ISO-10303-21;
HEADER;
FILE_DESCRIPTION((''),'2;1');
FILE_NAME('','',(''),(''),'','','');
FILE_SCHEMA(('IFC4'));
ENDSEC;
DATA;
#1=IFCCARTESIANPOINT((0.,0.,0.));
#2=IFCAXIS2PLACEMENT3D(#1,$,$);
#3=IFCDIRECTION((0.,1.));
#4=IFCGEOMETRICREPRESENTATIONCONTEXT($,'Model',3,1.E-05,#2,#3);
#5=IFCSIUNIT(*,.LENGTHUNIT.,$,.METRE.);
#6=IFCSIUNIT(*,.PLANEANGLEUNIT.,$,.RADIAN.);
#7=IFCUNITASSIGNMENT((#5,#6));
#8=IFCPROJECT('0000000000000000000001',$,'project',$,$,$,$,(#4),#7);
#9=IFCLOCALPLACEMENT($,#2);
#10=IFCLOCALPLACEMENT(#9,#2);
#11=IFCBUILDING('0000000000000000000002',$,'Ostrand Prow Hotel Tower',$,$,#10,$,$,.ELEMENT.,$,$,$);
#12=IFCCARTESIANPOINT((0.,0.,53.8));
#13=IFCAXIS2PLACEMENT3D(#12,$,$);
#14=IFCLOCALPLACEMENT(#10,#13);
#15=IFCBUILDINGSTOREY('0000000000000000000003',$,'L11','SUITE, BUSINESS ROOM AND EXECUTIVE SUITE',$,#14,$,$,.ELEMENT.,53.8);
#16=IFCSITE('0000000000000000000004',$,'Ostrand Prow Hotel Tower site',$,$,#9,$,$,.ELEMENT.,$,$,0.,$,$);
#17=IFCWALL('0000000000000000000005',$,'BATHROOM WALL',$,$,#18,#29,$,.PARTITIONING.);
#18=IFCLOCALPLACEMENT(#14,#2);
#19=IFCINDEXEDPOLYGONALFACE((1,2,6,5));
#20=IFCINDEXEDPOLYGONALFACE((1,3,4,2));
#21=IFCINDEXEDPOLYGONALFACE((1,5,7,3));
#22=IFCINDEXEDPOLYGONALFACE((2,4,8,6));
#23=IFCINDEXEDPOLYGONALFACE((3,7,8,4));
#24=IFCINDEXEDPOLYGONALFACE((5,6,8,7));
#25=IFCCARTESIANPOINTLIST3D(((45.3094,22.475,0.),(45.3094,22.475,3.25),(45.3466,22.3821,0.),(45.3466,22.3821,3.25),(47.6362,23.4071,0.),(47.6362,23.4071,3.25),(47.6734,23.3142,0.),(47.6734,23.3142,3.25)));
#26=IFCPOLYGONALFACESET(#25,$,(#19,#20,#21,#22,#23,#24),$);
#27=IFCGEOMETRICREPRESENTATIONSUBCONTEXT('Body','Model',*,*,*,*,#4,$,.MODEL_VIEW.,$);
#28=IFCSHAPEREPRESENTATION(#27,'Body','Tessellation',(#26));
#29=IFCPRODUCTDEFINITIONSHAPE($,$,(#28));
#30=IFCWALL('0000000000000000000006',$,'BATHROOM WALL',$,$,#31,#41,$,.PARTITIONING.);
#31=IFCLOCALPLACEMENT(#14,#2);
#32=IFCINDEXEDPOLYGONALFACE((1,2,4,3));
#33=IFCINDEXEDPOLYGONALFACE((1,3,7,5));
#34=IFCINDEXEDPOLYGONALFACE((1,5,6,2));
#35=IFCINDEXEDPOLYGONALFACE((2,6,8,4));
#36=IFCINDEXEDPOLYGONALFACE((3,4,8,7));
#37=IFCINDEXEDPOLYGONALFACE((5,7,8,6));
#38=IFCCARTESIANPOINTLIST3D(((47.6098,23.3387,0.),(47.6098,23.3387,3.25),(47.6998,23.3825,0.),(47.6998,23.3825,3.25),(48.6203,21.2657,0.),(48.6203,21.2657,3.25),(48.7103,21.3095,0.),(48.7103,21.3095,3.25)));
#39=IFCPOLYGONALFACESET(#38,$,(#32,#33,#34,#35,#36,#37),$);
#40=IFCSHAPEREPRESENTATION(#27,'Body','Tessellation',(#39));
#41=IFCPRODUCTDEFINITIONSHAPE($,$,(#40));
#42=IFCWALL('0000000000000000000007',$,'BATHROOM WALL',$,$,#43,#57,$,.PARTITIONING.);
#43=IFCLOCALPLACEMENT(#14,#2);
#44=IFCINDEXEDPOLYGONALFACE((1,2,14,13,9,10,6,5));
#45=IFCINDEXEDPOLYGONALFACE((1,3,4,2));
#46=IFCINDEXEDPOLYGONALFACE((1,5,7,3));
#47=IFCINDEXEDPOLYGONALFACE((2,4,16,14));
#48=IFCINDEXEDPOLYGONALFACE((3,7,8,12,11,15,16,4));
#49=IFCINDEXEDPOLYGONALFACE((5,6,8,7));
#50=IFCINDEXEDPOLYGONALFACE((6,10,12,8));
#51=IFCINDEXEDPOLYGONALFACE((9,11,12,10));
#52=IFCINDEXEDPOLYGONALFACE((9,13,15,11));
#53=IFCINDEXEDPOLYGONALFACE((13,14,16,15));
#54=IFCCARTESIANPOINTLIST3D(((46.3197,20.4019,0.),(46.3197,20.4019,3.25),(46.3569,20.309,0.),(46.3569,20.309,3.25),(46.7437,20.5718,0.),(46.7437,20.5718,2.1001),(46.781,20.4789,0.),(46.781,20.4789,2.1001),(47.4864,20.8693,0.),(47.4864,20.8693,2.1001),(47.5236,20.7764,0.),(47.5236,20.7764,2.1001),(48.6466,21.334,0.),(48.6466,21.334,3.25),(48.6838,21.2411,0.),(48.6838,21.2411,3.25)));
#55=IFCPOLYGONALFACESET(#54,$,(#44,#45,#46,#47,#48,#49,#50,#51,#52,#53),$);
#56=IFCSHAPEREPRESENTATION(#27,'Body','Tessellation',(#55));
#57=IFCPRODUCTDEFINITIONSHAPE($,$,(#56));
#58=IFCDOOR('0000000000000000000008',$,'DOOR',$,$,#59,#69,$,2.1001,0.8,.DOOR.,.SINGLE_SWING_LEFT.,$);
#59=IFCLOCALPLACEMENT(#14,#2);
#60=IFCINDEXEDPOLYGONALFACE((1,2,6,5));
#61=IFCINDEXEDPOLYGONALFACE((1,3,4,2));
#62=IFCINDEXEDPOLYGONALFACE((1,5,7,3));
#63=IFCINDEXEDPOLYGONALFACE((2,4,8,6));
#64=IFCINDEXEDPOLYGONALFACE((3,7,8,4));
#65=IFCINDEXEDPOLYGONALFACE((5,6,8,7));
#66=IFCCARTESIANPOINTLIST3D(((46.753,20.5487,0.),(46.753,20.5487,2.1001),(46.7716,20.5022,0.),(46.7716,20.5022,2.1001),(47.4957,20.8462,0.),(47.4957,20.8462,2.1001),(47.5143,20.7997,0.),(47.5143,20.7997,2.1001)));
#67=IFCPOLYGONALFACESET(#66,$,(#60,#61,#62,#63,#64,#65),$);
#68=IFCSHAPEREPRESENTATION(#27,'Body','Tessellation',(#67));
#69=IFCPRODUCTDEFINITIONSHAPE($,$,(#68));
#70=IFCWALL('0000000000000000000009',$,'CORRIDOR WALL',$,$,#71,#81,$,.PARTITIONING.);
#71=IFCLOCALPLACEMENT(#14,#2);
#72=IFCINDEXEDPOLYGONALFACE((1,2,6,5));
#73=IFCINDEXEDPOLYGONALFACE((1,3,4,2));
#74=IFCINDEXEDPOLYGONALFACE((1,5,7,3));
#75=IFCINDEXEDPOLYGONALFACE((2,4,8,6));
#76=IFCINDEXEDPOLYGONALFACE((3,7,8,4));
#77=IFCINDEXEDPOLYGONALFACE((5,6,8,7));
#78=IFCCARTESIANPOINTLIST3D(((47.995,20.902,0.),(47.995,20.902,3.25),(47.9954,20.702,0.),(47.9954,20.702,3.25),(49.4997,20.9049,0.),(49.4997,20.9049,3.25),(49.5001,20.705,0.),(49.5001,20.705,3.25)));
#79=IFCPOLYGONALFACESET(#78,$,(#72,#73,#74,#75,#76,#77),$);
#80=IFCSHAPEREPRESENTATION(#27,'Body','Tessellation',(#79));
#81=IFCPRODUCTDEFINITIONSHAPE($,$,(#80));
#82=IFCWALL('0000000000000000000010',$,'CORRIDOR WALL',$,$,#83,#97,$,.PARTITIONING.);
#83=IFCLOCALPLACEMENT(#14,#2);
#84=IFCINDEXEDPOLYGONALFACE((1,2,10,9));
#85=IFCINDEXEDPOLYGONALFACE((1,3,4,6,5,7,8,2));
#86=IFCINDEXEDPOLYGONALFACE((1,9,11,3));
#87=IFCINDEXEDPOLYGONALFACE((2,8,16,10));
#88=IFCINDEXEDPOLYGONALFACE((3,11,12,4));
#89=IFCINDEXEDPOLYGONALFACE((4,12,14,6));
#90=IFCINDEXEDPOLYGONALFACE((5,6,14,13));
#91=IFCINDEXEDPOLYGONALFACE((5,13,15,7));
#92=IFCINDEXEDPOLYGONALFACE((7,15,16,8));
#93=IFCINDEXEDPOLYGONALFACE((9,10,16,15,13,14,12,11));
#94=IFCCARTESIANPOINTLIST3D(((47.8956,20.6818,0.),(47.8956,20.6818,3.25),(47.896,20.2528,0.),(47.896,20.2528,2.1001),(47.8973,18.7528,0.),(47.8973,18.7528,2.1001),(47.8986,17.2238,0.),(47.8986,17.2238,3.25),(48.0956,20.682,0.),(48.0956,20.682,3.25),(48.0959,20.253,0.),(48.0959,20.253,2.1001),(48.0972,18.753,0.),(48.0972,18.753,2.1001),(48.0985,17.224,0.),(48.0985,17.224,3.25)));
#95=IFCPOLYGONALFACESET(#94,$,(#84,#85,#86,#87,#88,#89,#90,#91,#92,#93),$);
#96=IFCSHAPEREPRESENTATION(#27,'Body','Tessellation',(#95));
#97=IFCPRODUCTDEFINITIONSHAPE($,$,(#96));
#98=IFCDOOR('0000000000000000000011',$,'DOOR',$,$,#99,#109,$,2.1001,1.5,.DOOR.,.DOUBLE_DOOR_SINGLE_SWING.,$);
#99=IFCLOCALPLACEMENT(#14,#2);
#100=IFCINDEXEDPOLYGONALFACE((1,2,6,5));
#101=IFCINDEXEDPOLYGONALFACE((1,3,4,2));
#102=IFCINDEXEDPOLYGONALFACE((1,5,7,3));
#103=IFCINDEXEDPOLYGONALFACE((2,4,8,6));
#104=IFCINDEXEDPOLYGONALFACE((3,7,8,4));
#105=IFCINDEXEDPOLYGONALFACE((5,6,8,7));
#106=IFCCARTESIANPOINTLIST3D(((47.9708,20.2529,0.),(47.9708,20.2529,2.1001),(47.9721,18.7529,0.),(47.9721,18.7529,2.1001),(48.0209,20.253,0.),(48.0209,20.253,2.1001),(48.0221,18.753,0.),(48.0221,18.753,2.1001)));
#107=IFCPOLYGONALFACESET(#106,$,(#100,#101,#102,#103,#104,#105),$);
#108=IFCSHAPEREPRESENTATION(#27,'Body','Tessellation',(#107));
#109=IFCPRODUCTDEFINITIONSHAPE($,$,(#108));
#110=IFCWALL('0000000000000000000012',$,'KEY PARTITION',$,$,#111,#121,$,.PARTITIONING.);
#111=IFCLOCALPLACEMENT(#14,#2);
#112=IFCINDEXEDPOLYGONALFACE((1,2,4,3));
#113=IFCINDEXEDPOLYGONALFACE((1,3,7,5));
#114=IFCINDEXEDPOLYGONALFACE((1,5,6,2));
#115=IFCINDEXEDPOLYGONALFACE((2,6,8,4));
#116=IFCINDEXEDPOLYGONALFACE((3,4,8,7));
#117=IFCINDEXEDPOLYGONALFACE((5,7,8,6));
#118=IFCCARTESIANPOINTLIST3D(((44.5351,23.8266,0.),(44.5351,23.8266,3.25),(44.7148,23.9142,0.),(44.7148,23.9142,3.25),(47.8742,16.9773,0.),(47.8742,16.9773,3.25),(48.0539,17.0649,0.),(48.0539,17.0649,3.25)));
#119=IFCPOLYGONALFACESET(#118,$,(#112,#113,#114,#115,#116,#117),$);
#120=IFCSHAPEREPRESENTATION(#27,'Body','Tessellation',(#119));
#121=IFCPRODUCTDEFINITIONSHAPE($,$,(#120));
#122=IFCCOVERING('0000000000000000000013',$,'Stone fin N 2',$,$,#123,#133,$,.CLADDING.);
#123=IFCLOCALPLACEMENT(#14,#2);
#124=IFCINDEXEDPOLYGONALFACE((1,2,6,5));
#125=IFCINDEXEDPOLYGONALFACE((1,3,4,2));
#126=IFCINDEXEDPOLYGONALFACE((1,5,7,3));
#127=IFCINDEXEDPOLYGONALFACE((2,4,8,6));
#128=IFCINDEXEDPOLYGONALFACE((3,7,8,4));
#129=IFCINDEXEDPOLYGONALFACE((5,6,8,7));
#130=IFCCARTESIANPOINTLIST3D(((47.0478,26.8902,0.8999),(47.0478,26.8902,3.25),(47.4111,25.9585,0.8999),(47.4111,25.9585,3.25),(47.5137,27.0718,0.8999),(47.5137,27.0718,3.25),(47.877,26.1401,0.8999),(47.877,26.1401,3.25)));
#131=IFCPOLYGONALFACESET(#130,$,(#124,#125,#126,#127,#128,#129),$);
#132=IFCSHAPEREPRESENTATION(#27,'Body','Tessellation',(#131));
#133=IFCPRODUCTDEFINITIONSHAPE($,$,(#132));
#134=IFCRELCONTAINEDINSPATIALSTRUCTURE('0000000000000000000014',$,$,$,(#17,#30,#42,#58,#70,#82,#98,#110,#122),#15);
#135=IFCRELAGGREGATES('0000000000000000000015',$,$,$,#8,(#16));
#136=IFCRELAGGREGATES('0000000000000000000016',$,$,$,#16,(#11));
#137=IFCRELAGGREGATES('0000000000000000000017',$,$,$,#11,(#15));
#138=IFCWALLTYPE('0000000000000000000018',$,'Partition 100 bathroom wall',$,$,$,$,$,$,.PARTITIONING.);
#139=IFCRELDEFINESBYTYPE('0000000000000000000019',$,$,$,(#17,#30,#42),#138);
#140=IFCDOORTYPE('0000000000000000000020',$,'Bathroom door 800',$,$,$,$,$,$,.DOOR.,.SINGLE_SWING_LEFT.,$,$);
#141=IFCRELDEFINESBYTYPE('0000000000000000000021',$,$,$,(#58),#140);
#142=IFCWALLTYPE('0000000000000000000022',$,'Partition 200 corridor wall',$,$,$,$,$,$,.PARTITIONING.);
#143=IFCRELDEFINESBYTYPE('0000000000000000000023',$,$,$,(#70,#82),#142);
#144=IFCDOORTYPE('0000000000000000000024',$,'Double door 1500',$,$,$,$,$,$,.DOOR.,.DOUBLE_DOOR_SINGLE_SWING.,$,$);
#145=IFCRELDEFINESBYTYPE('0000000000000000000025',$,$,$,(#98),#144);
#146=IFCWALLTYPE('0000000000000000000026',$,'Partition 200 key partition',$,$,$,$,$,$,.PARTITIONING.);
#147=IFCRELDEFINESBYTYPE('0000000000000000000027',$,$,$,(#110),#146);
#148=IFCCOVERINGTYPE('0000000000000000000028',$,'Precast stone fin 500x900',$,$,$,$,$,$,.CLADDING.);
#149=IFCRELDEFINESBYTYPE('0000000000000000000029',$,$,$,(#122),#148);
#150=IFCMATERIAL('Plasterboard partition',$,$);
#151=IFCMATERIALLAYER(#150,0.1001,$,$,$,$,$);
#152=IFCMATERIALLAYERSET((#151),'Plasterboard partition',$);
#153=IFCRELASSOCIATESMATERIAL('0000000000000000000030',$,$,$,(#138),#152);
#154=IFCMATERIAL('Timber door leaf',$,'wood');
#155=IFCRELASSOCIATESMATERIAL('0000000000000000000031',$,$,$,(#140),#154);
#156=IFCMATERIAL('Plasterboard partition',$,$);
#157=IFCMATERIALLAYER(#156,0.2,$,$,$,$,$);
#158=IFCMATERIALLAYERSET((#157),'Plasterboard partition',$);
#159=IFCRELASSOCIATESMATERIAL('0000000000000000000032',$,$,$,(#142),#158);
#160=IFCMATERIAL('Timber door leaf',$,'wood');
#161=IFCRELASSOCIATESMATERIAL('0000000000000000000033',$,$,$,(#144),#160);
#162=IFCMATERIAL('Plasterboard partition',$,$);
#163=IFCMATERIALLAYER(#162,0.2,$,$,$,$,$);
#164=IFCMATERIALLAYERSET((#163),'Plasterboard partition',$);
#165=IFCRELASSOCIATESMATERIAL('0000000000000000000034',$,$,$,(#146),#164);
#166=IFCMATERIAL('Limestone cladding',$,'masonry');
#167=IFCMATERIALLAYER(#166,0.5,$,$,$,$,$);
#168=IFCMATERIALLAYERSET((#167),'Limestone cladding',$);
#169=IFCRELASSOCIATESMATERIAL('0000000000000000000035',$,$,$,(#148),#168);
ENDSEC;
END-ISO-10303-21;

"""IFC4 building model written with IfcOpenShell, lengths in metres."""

from ifc_helpers import new_model, si_unit, direction, frame, frame_2d, origin, place, context, subcontext, project, spatial, rectangle, extrude, material, layer, layer_set, type_object, element, fill, save


model = new_model("IFC4")

# Units and contexts
model_context = context("Model", 3, precision=1e-05, world=origin(), true_north=direction((0.0, 1.0)))
body_context = subcontext(model_context, "Body", "Model", "MODEL_VIEW")
ifc_project = project(units=[si_unit("LENGTHUNIT", "METRE"), si_unit("PLANEANGLEUNIT", "RADIAN")], contexts=[model_context])

# Site, building, storey
site_placement = place(None, origin())
site = spatial("IfcSite", under=ifc_project, at=site_placement, Name="Ostrand Prow Hotel Tower site", CompositionType="ELEMENT", RefElevation=0.0)
building_placement = place(site_placement, origin())
building = spatial("IfcBuilding", under=site, at=building_placement, Name="Ostrand Prow Hotel Tower", CompositionType="ELEMENT")
storey_placement = place(building_placement, frame((0.0, 0.0, 53.8)))
storey = spatial("IfcBuildingStorey", under=building, at=storey_placement, Name="L11", Description="SUITE, BUSINESS ROOM AND EXECUTIVE SUITE", CompositionType="ELEMENT", Elevation=53.8)

# Walls
ifc_material_1 = material(Name="Plasterboard partition")
ifc_layer_1 = layer(ifc_material_1, 0.1001)
ifc_layer_set_1 = layer_set([ifc_layer_1], Name="Plasterboard partition")
wall_type_1 = type_object("IfcWallType", Name="Partition 100 bathroom wall", PredefinedType="PARTITIONING", material=ifc_layer_set_1)
wall_1_placement = place(storey_placement, frame((45.3279, 22.4285, 0.0), z_axis=(0.0, 0.0, 1.0), x_axis=(0.928288, 0.371861, 0.0)))
element("IfcWall", 1, at=wall_1_placement, inside=storey, type_object=wall_type_1, Name="BATHROOM WALL", PredefinedType="PARTITIONING", context=body_context, shape_type="SweptSolid", body=[
    extrude(rectangle(XDim=2.5066, YDim=0.1001, at=frame_2d((1.2534, 0.0))), origin(), (0.0, 0.0, 1.0), 3.25),
])
wall_2_placement = place(storey_placement, frame((47.6548, 23.3606, 0.0), z_axis=(0.0, 0.0, 1.0), x_axis=(0.438171, -0.898892, 0.0)))
element("IfcWall", 2, at=wall_2_placement, inside=storey, type_object=wall_type_1, Name="BATHROOM WALL", PredefinedType="PARTITIONING", context=body_context, shape_type="SweptSolid", body=[
    extrude(rectangle(XDim=2.3062, YDim=0.1001, at=frame_2d((1.1531, 0.0))), origin(), (0.0, 0.0, 1.0), 3.25),
])

# Wall, opening, door
wall_3_placement = place(storey_placement, frame((48.6653, 21.2876, 0.0), z_axis=(0.0, 0.0, 1.0), x_axis=(-0.928288, -0.371861, 0.0)))
wall_3 = element("IfcWall", 3, at=wall_3_placement, inside=storey, type_object=wall_type_1, Name="BATHROOM WALL", PredefinedType="PARTITIONING", context=body_context, shape_type="SweptSolid", body=[
    extrude(rectangle(XDim=2.5066, YDim=0.1001, at=frame_2d((1.2534, 0.0))), origin(), (0.0, 0.0, 1.0), 3.25),
])
opening_1_placement = place(wall_3_placement, frame((1.25, 0.0, 0.0)))
opening_1 = element("IfcOpeningElement", 4, at=opening_1_placement, cuts=wall_3, PredefinedType="OPENING", context=body_context, shape_type="SweptSolid", body=[
    extrude(rectangle(XDim=0.8, YDim=2.1001, at=frame_2d((0.3999, 1.05))), frame((0.0, 0.0601, 0.0), z_axis=(0.0, -1.0, 0.0), x_axis=(1.0, 0.0, 0.0)), (0.0, 0.0, 1.0), 0.1201),
])
ifc_material_2 = material(Name="Timber door leaf", Category="wood")
door_type_1 = type_object("IfcDoorType", Name="Bathroom door 800", OperationType="SINGLE_SWING_LEFT", PredefinedType="DOOR", material=ifc_material_2)
door_1_placement = place(opening_1_placement, origin())
door_1 = element("IfcDoor", 5, at=door_1_placement, inside=storey, type_object=door_type_1, Name="DOOR", OperationType="SINGLE_SWING_LEFT", OverallHeight=2.1001, OverallWidth=0.8, PredefinedType="DOOR", context=body_context, shape_type="SweptSolid", body=[
    extrude(rectangle(XDim=0.8, YDim=2.1001, at=frame_2d((0.3999, 1.05))), frame((0.0, 0.0249, 0.0), z_axis=(0.0, -1.0, 0.0), x_axis=(1.0, 0.0, 0.0)), (0.0, 0.0, 1.0), 0.05),
])
fill(opening_1, door_1)

# Wall
ifc_material_3 = material(Name="Plasterboard partition")
ifc_layer_2 = layer(ifc_material_3, 0.2)
ifc_layer_set_2 = layer_set([ifc_layer_2], Name="Plasterboard partition")
wall_type_2 = type_object("IfcWallType", Name="Partition 200 corridor wall", PredefinedType="PARTITIONING", material=ifc_layer_set_2)
wall_4_placement = place(storey_placement, frame((49.5, 20.8049, 0.0), z_axis=(0.0, 0.0, 1.0), x_axis=(-0.999998, -0.001947, 0.0)))
element("IfcWall", 6, at=wall_4_placement, inside=storey, type_object=wall_type_2, Name="CORRIDOR WALL", PredefinedType="PARTITIONING", context=body_context, shape_type="SweptSolid", body=[
    extrude(rectangle(XDim=1.5046, YDim=0.2, at=frame_2d((0.7524, 0.0))), origin(), (0.0, 0.0, 1.0), 3.25),
])

# Wall, opening, door
wall_5_placement = place(storey_placement, frame((47.9956, 20.6819, 0.0), z_axis=(0.0, 0.0, 1.0), x_axis=(0.000847, -1.0, 0.0)))
wall_5 = element("IfcWall", 7, at=wall_5_placement, inside=storey, type_object=wall_type_2, Name="CORRIDOR WALL", PredefinedType="PARTITIONING", context=body_context, shape_type="SweptSolid", body=[
    extrude(rectangle(XDim=3.458, YDim=0.2, at=frame_2d((1.729, 0.0))), origin(), (0.0, 0.0, 1.0), 3.25),
])
opening_2_placement = place(wall_5_placement, frame((0.429, 0.0, 0.0)))
opening_2 = element("IfcOpeningElement", 8, at=opening_2_placement, cuts=wall_5, PredefinedType="OPENING", context=body_context, shape_type="SweptSolid", body=[
    extrude(rectangle(XDim=1.5, YDim=2.1001, at=frame_2d((0.75, 1.05))), frame((0.0, 0.1099, 0.0), z_axis=(0.0, -1.0, 0.0), x_axis=(1.0, 0.0, 0.0)), (0.0, 0.0, 1.0), 0.22),
])
ifc_material_4 = material(Name="Timber door leaf", Category="wood")
door_type_2 = type_object("IfcDoorType", Name="Double door 1500", OperationType="DOUBLE_DOOR_SINGLE_SWING", PredefinedType="DOOR", material=ifc_material_4)
door_2_placement = place(opening_2_placement, origin())
door_2 = element("IfcDoor", 9, at=door_2_placement, inside=storey, type_object=door_type_2, Name="DOOR", OperationType="DOUBLE_DOOR_SINGLE_SWING", OverallHeight=2.1001, OverallWidth=1.5, PredefinedType="DOOR", context=body_context, shape_type="SweptSolid", body=[
    extrude(rectangle(XDim=1.5, YDim=2.1001, at=frame_2d((0.75, 1.05))), frame((0.0, 0.0249, 0.0), z_axis=(0.0, -1.0, 0.0), x_axis=(1.0, 0.0, 0.0)), (0.0, 0.0, 1.0), 0.05),
])
fill(opening_2, door_2)

# Wall
ifc_material_5 = material(Name="Plasterboard partition")
ifc_layer_3 = layer(ifc_material_5, 0.2)
ifc_layer_set_3 = layer_set([ifc_layer_3], Name="Plasterboard partition")
wall_type_3 = type_object("IfcWallType", Name="Partition 200 key partition", PredefinedType="PARTITIONING", material=ifc_layer_set_3)
wall_6_placement = place(storey_placement, frame((47.9641, 17.021, 0.0), z_axis=(0.0, 0.0, 1.0), x_axis=(-0.438207, 0.898874, 0.0)))
element("IfcWall", 10, at=wall_6_placement, inside=storey, type_object=wall_type_3, Name="KEY PARTITION", PredefinedType="PARTITIONING", context=body_context, shape_type="SweptSolid", body=[
    extrude(rectangle(XDim=7.6199, YDim=0.2, at=frame_2d((3.8101, 0.0))), origin(), (0.0, 0.0, 1.0), 3.25),
])

# Covering
ifc_material_6 = material(Name="Limestone cladding", Category="masonry")
ifc_layer_4 = layer(ifc_material_6, 0.5)
ifc_layer_set_4 = layer_set([ifc_layer_4], Name="Limestone cladding")
covering_type = type_object("IfcCoveringType", Name="Precast stone fin 500x900", PredefinedType="CLADDING", material=ifc_layer_set_4)
covering_placement = place(storey_placement, frame((47.644, 26.0493, 0.8999), z_axis=(0.0, 0.0, 1.0), x_axis=(-0.363294, 0.931674, 0.0)))
element("IfcCovering", 11, at=covering_placement, inside=storey, type_object=covering_type, Name="Stone fin N 2", PredefinedType="CLADDING", context=body_context, shape_type="SweptSolid", body=[
    extrude(rectangle(XDim=1.0, YDim=0.5, at=frame_2d((0.5, 0.0))), origin(), (0.0, 0.0, 1.0), 2.3501),
])

save(model, "model.ifc")
